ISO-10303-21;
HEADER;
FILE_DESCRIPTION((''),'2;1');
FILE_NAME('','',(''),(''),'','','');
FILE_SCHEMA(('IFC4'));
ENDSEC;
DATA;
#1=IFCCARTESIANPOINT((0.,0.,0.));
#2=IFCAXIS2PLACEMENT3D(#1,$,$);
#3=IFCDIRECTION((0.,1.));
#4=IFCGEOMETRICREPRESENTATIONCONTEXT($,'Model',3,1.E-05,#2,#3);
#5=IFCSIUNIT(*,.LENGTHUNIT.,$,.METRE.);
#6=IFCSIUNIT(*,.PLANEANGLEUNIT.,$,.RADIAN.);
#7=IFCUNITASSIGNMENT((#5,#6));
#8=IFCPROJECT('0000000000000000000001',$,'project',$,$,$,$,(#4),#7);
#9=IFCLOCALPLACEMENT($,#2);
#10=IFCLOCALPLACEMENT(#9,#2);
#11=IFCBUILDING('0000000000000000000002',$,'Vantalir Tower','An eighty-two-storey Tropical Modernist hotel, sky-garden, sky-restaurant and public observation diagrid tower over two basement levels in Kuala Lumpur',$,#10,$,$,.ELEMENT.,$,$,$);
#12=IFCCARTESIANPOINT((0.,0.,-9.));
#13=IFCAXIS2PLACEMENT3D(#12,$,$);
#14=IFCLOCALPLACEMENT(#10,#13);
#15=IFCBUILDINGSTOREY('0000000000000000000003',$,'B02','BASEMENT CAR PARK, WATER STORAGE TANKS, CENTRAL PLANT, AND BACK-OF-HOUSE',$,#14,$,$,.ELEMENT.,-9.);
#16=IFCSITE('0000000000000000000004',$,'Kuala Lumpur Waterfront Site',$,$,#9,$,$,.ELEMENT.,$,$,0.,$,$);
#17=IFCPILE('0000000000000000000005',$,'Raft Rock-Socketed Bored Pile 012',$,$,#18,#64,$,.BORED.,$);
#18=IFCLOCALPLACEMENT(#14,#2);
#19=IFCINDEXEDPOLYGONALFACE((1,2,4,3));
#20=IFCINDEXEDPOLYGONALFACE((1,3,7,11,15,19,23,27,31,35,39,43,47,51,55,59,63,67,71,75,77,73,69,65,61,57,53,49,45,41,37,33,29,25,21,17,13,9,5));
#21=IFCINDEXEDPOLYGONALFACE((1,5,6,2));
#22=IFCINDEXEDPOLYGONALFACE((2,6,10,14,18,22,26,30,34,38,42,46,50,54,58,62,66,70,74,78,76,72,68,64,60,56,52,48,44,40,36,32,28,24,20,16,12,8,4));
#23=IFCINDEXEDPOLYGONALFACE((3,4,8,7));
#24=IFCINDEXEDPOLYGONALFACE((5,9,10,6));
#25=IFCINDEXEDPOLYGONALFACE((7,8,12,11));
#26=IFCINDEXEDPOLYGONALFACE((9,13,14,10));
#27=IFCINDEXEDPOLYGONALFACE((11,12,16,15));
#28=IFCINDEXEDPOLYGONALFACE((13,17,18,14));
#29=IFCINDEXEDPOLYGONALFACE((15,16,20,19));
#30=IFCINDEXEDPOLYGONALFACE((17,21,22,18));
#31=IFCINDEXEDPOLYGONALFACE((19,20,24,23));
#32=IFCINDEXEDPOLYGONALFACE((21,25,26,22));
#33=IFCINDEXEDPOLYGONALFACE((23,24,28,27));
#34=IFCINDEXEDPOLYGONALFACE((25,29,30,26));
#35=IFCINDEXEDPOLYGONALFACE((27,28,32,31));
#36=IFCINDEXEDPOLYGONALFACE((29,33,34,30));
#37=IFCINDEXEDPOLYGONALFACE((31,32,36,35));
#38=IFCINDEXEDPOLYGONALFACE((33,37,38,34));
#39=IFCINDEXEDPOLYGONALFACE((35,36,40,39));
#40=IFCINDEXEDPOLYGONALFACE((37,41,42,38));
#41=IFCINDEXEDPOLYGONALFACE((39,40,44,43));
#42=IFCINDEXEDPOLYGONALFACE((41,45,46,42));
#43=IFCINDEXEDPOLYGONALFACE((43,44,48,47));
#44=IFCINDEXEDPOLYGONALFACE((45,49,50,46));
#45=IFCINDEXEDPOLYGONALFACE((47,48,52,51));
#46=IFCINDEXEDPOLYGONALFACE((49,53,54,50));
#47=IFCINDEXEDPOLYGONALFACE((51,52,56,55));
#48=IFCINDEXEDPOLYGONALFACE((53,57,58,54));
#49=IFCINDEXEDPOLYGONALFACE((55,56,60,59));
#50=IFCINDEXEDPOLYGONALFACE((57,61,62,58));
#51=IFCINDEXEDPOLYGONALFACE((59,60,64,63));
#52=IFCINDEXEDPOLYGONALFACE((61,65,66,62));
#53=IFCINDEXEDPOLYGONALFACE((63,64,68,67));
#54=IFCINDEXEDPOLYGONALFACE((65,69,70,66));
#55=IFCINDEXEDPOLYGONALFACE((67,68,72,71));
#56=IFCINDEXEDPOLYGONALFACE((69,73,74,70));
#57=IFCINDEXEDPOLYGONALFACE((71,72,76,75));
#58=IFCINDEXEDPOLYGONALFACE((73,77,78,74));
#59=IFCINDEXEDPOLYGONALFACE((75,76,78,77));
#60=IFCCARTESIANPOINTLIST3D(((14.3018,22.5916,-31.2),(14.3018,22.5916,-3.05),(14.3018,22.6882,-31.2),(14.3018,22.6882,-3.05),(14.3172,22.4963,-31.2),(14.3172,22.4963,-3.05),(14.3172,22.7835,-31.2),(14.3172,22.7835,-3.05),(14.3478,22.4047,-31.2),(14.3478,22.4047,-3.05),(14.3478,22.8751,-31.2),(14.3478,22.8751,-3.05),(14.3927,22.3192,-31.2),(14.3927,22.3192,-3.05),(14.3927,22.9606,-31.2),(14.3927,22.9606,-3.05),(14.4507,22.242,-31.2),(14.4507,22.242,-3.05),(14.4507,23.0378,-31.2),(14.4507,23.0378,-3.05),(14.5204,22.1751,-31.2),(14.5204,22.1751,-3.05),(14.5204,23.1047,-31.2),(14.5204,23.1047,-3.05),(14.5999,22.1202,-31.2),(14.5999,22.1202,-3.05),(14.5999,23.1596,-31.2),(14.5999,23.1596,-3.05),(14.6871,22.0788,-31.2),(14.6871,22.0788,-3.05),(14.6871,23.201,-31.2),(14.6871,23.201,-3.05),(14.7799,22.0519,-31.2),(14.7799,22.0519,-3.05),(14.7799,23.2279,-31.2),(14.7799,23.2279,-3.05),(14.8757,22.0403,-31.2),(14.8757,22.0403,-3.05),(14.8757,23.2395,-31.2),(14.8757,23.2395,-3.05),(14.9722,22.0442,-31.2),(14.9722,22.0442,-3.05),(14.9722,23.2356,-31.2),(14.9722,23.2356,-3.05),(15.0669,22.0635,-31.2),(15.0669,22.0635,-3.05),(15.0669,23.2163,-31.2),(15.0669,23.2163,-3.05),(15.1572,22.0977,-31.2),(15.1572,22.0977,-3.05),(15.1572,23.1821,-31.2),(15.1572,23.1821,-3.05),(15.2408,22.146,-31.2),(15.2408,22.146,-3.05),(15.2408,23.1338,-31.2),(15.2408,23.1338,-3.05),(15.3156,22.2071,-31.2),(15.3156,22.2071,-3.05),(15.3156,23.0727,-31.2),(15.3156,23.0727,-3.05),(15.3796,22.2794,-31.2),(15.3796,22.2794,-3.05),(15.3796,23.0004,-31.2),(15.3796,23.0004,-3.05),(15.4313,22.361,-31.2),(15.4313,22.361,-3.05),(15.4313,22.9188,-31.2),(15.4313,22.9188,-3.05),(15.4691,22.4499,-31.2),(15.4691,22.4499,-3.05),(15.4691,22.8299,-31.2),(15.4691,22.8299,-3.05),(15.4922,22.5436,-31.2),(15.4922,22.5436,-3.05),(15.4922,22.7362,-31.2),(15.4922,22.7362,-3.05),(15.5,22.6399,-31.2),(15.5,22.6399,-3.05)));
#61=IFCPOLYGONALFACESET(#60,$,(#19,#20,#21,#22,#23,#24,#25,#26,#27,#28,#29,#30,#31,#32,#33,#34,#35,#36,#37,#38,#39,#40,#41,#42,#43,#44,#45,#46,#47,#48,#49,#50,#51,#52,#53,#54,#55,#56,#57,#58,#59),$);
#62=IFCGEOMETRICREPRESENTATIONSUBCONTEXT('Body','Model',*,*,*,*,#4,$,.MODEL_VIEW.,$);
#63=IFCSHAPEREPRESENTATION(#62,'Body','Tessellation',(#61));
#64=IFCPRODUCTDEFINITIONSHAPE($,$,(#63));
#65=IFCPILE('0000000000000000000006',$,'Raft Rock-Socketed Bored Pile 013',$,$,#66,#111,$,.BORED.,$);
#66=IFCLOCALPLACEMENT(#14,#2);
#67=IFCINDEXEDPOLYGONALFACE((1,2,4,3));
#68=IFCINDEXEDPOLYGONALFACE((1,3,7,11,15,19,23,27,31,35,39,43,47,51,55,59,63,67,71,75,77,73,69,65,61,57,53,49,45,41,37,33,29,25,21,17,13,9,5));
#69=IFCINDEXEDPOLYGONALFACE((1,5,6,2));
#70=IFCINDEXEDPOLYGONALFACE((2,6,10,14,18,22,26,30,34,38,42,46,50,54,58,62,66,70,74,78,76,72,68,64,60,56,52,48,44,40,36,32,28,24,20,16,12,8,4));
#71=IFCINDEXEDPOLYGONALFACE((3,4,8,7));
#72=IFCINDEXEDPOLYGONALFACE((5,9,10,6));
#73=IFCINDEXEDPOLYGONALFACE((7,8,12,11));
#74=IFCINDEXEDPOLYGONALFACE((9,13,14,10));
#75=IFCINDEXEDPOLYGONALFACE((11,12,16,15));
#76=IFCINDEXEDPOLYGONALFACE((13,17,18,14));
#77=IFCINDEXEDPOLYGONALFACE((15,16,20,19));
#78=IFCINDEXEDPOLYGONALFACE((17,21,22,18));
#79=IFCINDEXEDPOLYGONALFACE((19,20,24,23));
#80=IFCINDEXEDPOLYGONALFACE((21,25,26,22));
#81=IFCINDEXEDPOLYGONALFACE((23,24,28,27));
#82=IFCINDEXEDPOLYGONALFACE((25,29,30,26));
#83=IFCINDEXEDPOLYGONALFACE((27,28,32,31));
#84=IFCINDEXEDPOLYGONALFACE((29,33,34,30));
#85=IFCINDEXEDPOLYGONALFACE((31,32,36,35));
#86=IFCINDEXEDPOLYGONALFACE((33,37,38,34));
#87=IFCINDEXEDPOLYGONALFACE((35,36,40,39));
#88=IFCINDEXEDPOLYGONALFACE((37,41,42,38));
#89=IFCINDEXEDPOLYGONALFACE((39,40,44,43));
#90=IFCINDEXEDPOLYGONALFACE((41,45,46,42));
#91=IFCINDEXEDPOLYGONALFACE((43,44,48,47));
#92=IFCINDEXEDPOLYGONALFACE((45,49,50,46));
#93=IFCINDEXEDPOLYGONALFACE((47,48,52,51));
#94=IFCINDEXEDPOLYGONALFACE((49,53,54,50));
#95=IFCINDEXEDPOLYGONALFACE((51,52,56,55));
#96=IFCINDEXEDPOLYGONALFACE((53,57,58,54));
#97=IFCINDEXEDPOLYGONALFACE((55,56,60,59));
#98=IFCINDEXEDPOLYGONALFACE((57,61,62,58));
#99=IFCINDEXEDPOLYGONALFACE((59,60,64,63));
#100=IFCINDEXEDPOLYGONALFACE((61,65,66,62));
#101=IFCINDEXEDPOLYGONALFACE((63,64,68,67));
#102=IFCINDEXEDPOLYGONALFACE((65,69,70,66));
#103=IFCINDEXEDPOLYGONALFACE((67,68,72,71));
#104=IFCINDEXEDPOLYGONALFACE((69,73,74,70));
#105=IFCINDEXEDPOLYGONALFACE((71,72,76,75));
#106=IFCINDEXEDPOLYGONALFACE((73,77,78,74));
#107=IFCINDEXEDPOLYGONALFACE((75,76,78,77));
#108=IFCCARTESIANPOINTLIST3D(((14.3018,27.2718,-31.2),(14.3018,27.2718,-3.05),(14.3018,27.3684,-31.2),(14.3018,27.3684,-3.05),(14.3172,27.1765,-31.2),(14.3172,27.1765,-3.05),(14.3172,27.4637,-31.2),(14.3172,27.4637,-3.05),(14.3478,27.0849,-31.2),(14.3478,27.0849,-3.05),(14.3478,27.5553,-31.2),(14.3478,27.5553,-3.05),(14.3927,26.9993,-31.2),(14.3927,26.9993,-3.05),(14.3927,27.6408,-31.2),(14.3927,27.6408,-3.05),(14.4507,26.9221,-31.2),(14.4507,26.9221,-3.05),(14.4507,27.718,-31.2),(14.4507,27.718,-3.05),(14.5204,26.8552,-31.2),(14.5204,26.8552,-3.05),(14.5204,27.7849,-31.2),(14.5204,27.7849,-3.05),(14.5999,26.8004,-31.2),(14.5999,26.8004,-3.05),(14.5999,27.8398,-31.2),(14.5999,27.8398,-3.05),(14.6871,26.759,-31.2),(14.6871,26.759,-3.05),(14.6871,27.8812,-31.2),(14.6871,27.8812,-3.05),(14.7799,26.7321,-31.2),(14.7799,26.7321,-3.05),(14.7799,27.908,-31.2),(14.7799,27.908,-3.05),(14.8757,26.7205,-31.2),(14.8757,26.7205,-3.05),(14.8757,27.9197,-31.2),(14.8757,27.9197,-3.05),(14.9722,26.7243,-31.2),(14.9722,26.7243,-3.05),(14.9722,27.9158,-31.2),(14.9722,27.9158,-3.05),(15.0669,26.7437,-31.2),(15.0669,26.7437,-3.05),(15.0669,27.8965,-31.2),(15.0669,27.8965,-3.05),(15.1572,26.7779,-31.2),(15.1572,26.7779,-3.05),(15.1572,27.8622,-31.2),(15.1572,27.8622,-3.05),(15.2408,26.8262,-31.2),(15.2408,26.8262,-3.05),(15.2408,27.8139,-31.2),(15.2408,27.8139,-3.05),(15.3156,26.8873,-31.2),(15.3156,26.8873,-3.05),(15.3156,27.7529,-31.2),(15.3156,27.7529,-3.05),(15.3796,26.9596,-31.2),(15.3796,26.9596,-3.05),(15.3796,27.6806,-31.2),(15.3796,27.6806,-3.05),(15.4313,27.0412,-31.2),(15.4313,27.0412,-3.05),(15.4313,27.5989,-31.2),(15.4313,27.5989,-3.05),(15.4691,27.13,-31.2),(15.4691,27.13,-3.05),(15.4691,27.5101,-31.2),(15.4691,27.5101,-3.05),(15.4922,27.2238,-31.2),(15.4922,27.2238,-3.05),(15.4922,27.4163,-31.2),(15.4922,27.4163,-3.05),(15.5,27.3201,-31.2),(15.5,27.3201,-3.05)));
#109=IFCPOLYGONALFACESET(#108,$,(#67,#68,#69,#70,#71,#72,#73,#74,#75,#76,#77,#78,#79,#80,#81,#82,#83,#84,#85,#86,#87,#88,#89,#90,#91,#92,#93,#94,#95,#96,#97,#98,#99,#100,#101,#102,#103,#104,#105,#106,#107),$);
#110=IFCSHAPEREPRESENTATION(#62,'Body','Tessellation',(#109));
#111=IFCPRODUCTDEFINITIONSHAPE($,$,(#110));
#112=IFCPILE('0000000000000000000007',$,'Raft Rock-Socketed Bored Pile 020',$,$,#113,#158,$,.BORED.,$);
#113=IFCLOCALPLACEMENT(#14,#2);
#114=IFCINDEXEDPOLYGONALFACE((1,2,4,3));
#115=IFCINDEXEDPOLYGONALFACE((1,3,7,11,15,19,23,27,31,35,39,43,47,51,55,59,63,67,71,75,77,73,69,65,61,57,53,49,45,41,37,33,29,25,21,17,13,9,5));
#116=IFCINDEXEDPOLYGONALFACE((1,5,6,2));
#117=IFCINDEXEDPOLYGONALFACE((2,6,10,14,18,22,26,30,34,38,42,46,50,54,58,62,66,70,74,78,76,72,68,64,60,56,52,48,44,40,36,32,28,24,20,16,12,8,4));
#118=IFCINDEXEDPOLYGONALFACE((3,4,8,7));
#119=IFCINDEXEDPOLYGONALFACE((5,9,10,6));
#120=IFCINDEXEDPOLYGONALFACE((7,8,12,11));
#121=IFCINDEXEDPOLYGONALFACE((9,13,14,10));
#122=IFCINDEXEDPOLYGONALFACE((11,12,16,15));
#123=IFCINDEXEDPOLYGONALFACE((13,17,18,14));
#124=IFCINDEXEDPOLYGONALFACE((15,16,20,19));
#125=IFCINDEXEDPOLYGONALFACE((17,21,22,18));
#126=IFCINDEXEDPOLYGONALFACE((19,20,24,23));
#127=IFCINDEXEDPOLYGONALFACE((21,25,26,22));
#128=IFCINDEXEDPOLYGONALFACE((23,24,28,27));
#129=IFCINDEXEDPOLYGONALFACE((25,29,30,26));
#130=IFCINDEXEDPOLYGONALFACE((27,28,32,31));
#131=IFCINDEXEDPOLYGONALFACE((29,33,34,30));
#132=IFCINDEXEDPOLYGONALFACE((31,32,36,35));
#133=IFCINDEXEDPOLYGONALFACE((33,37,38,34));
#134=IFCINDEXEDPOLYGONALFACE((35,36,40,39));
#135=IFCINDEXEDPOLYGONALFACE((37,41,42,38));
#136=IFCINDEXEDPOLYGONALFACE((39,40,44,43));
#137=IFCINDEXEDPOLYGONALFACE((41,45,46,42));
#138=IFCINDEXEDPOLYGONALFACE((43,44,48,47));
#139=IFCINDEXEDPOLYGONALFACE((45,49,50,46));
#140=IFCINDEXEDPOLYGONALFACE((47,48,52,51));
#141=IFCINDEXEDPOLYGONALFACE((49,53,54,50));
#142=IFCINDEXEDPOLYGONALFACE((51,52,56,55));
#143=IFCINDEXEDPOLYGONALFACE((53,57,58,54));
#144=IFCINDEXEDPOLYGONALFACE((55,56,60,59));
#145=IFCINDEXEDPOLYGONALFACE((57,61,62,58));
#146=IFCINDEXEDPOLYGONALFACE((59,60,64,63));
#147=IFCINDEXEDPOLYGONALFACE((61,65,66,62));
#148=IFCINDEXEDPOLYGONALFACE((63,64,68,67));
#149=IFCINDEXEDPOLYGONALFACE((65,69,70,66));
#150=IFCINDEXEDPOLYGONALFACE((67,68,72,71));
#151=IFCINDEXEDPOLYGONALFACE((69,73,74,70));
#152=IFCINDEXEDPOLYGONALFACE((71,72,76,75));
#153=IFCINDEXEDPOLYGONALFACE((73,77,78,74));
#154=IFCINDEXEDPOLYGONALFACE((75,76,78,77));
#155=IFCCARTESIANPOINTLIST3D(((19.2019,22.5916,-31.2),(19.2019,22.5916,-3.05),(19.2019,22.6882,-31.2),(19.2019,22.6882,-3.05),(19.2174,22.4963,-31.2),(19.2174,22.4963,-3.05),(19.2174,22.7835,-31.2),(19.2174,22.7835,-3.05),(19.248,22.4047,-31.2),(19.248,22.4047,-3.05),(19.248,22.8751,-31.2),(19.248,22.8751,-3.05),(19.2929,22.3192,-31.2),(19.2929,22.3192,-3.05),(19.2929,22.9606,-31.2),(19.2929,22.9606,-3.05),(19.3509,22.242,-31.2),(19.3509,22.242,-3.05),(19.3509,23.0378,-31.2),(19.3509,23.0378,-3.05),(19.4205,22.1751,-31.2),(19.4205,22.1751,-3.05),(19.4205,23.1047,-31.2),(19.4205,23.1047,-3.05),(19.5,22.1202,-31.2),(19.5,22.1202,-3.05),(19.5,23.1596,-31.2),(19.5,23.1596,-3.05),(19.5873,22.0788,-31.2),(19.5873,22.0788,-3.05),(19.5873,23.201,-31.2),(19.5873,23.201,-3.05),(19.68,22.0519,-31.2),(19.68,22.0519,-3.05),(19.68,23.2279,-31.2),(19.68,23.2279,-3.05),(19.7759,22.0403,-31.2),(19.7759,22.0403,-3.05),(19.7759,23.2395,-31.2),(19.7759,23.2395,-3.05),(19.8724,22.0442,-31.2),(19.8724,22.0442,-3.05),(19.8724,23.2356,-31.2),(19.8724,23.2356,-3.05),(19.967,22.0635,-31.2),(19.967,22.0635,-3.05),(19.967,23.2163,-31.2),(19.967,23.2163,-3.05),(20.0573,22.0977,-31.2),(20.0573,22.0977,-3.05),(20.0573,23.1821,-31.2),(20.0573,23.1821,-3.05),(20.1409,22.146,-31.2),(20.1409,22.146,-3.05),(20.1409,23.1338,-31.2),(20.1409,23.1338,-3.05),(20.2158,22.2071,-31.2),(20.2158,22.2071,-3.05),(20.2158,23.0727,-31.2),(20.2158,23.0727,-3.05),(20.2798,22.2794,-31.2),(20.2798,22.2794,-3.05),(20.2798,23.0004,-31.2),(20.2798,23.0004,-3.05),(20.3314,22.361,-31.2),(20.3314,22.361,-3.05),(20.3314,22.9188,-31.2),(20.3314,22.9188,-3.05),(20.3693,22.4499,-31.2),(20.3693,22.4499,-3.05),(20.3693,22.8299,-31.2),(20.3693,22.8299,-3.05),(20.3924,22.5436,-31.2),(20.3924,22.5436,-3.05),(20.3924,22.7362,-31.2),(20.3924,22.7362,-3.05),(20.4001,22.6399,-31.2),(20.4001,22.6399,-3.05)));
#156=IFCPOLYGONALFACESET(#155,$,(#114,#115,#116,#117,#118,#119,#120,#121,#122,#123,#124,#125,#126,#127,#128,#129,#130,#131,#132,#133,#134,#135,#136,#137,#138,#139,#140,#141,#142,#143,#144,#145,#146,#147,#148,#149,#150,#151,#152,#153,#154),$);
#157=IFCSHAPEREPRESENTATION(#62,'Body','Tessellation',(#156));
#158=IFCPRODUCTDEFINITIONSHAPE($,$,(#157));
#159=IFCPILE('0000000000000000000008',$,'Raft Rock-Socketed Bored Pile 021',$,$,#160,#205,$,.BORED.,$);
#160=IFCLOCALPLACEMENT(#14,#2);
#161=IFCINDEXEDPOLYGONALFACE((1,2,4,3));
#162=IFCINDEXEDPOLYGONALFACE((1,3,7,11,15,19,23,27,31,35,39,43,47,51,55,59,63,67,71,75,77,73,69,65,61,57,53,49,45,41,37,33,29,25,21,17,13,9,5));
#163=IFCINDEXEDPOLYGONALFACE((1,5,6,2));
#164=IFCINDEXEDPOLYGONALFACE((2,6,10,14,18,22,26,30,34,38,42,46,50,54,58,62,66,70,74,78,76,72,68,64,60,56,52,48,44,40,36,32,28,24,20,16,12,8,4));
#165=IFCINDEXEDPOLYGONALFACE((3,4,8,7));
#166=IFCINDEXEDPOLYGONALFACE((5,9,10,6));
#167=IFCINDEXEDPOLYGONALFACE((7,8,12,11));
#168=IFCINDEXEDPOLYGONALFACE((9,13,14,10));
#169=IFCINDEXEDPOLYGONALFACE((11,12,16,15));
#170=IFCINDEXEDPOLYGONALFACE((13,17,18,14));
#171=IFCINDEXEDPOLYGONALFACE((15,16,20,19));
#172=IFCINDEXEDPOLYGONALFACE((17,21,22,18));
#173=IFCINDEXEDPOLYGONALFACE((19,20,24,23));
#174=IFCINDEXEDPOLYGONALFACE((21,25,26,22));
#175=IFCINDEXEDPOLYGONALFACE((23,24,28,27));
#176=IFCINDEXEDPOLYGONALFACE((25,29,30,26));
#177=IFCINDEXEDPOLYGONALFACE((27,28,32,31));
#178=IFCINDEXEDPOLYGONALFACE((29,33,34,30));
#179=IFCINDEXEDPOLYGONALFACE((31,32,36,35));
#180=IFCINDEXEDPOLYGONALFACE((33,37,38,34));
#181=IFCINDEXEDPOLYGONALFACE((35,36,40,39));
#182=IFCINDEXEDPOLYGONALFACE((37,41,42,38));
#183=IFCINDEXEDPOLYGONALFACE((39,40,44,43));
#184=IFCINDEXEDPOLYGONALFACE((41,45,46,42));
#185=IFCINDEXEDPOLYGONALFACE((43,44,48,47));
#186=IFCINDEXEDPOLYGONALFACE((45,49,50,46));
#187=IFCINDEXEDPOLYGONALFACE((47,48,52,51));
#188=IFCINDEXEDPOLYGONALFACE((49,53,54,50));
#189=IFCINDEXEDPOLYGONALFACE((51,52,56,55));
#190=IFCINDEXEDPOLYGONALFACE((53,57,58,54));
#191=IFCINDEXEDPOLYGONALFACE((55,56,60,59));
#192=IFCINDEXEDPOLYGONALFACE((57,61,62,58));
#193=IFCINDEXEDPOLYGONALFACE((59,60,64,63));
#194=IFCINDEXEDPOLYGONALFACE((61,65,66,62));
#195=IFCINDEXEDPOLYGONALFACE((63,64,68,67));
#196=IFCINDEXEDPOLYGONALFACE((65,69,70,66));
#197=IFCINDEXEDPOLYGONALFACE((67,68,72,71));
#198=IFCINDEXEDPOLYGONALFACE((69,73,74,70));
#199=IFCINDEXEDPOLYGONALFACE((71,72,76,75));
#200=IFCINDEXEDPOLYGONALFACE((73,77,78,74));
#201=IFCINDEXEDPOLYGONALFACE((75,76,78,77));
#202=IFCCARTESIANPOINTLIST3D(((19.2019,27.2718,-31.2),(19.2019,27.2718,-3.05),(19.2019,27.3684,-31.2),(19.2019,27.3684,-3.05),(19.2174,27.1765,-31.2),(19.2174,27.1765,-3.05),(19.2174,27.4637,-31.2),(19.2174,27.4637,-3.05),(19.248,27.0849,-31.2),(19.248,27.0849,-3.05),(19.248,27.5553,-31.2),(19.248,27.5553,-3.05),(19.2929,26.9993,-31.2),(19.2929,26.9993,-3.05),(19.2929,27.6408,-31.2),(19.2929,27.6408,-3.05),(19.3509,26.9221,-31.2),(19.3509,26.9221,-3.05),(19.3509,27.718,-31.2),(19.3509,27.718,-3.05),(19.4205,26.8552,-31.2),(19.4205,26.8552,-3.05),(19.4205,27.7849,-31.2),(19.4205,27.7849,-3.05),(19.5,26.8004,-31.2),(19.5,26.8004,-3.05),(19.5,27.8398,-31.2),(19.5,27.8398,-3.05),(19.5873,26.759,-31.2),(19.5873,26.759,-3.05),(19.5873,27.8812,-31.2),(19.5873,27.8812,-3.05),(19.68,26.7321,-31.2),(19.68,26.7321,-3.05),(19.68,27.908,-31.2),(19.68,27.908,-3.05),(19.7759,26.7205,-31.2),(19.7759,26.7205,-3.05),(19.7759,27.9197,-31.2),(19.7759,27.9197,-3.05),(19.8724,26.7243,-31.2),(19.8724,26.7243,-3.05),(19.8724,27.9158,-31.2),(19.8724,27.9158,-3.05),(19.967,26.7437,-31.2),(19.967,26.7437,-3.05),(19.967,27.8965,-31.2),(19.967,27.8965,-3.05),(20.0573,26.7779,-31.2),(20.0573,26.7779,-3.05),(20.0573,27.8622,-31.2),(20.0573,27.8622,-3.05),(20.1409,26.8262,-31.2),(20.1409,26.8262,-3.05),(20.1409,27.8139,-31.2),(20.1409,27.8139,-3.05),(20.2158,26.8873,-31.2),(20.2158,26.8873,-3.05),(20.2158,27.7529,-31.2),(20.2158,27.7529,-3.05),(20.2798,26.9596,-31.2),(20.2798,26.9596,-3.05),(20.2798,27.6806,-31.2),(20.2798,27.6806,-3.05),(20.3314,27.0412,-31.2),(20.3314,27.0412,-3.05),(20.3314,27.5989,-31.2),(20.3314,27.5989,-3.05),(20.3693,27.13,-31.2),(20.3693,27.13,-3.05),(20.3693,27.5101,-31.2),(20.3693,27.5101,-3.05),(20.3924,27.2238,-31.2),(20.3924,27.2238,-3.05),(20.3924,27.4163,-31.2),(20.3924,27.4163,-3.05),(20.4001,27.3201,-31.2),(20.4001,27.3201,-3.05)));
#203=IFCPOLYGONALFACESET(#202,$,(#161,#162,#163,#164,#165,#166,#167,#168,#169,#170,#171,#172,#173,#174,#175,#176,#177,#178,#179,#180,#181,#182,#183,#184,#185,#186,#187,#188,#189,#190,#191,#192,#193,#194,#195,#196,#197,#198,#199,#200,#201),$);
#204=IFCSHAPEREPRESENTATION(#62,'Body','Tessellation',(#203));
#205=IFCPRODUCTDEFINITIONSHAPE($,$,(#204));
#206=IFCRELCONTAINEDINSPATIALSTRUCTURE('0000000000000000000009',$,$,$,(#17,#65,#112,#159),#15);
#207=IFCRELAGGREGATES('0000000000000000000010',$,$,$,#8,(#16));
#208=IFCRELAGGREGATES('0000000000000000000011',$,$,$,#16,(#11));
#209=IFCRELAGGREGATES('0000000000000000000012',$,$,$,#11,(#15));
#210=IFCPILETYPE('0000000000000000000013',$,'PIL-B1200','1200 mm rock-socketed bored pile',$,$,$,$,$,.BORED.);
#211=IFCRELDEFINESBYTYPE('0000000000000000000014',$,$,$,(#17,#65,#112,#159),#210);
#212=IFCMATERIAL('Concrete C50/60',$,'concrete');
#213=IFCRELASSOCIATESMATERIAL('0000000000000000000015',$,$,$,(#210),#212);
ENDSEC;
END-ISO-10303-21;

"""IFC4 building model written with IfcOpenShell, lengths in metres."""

from ifc_helpers import new_model, si_unit, direction, frame, origin, origin_2d, place, context, subcontext, project, spatial, circle, extrude, material, material_profile, profile_set, type_object, element, save


model = new_model("IFC4")

# Units and contexts
model_context = context("Model", 3, precision=1e-05, world=origin(), true_north=direction((0.0, 1.0)))
body_context = subcontext(model_context, "Body", "Model", "MODEL_VIEW")
ifc_project = project(units=[si_unit("LENGTHUNIT", "METRE"), si_unit("PLANEANGLEUNIT", "RADIAN")], contexts=[model_context])

# Site, building, storey
site_placement = place(None, origin())
site = spatial("IfcSite", under=ifc_project, at=site_placement, Name="Kuala Lumpur Waterfront Site", CompositionType="ELEMENT", RefElevation=0.0)
building_placement = place(site_placement, origin())
building = spatial("IfcBuilding", under=site, at=building_placement, Name="Vantalir Tower", Description="An eighty-two-storey Tropical Modernist hotel, sky-garden, sky-restaurant and public observation diagrid tower over two basement levels in Kuala Lumpur", CompositionType="ELEMENT")
storey_placement = place(building_placement, frame((0.0, 0.0, -9.0)))
storey = spatial("IfcBuildingStorey", under=building, at=storey_placement, Name="B02", Description="BASEMENT CAR PARK, WATER STORAGE TANKS, CENTRAL PLANT, AND BACK-OF-HOUSE", CompositionType="ELEMENT", Elevation=-9.0)

# Piles
ifc_material_1 = material(Name="Concrete C50/60", Category="concrete")
ifc_material_profile_1 = material_profile(ifc_material_1, circle(Radius=0.6001, at=origin_2d()), Name="Concrete C50/60")
ifc_profile_set_1 = profile_set([ifc_material_profile_1], Name="Concrete C50/60")
pile_type_1 = type_object("IfcPileType", Name="PIL-B1200", Description="1200 mm rock-socketed bored pile", PredefinedType="BORED", material=ifc_profile_set_1)
for number, where, z_axis, x_axis, name in (
    (1, (14.8999, 22.6399, -3.05), (0.0, 0.0, -1.0), (1.0, 0.0, 0.0), "Raft Rock-Socketed Bored Pile 012"),
    (2, (14.8999, 27.3201, -3.05), (0.0, 0.0, -1.0), (1.0, 0.0, 0.0), "Raft Rock-Socketed Bored Pile 013"),
    (3, (19.8, 22.6399, -3.05), (0.0, 0.0, -1.0), (1.0, 0.0, 0.0), "Raft Rock-Socketed Bored Pile 020"),
    (4, (19.8, 27.3201, -3.05), (0.0, 0.0, -1.0), (1.0, 0.0, 0.0), "Raft Rock-Socketed Bored Pile 021"),
):
    element("IfcPile", number, at=place(storey_placement, frame(where, z_axis=z_axis, x_axis=x_axis)), inside=storey, type_object=pile_type_1, Name=name, PredefinedType="BORED", context=body_context, shape_type="SweptSolid", body=[
        extrude(circle(Radius=0.6001, at=origin_2d()), origin(), (0.0, 0.0, 1.0), 28.1499),
    ])

save(model, "model.ifc")
